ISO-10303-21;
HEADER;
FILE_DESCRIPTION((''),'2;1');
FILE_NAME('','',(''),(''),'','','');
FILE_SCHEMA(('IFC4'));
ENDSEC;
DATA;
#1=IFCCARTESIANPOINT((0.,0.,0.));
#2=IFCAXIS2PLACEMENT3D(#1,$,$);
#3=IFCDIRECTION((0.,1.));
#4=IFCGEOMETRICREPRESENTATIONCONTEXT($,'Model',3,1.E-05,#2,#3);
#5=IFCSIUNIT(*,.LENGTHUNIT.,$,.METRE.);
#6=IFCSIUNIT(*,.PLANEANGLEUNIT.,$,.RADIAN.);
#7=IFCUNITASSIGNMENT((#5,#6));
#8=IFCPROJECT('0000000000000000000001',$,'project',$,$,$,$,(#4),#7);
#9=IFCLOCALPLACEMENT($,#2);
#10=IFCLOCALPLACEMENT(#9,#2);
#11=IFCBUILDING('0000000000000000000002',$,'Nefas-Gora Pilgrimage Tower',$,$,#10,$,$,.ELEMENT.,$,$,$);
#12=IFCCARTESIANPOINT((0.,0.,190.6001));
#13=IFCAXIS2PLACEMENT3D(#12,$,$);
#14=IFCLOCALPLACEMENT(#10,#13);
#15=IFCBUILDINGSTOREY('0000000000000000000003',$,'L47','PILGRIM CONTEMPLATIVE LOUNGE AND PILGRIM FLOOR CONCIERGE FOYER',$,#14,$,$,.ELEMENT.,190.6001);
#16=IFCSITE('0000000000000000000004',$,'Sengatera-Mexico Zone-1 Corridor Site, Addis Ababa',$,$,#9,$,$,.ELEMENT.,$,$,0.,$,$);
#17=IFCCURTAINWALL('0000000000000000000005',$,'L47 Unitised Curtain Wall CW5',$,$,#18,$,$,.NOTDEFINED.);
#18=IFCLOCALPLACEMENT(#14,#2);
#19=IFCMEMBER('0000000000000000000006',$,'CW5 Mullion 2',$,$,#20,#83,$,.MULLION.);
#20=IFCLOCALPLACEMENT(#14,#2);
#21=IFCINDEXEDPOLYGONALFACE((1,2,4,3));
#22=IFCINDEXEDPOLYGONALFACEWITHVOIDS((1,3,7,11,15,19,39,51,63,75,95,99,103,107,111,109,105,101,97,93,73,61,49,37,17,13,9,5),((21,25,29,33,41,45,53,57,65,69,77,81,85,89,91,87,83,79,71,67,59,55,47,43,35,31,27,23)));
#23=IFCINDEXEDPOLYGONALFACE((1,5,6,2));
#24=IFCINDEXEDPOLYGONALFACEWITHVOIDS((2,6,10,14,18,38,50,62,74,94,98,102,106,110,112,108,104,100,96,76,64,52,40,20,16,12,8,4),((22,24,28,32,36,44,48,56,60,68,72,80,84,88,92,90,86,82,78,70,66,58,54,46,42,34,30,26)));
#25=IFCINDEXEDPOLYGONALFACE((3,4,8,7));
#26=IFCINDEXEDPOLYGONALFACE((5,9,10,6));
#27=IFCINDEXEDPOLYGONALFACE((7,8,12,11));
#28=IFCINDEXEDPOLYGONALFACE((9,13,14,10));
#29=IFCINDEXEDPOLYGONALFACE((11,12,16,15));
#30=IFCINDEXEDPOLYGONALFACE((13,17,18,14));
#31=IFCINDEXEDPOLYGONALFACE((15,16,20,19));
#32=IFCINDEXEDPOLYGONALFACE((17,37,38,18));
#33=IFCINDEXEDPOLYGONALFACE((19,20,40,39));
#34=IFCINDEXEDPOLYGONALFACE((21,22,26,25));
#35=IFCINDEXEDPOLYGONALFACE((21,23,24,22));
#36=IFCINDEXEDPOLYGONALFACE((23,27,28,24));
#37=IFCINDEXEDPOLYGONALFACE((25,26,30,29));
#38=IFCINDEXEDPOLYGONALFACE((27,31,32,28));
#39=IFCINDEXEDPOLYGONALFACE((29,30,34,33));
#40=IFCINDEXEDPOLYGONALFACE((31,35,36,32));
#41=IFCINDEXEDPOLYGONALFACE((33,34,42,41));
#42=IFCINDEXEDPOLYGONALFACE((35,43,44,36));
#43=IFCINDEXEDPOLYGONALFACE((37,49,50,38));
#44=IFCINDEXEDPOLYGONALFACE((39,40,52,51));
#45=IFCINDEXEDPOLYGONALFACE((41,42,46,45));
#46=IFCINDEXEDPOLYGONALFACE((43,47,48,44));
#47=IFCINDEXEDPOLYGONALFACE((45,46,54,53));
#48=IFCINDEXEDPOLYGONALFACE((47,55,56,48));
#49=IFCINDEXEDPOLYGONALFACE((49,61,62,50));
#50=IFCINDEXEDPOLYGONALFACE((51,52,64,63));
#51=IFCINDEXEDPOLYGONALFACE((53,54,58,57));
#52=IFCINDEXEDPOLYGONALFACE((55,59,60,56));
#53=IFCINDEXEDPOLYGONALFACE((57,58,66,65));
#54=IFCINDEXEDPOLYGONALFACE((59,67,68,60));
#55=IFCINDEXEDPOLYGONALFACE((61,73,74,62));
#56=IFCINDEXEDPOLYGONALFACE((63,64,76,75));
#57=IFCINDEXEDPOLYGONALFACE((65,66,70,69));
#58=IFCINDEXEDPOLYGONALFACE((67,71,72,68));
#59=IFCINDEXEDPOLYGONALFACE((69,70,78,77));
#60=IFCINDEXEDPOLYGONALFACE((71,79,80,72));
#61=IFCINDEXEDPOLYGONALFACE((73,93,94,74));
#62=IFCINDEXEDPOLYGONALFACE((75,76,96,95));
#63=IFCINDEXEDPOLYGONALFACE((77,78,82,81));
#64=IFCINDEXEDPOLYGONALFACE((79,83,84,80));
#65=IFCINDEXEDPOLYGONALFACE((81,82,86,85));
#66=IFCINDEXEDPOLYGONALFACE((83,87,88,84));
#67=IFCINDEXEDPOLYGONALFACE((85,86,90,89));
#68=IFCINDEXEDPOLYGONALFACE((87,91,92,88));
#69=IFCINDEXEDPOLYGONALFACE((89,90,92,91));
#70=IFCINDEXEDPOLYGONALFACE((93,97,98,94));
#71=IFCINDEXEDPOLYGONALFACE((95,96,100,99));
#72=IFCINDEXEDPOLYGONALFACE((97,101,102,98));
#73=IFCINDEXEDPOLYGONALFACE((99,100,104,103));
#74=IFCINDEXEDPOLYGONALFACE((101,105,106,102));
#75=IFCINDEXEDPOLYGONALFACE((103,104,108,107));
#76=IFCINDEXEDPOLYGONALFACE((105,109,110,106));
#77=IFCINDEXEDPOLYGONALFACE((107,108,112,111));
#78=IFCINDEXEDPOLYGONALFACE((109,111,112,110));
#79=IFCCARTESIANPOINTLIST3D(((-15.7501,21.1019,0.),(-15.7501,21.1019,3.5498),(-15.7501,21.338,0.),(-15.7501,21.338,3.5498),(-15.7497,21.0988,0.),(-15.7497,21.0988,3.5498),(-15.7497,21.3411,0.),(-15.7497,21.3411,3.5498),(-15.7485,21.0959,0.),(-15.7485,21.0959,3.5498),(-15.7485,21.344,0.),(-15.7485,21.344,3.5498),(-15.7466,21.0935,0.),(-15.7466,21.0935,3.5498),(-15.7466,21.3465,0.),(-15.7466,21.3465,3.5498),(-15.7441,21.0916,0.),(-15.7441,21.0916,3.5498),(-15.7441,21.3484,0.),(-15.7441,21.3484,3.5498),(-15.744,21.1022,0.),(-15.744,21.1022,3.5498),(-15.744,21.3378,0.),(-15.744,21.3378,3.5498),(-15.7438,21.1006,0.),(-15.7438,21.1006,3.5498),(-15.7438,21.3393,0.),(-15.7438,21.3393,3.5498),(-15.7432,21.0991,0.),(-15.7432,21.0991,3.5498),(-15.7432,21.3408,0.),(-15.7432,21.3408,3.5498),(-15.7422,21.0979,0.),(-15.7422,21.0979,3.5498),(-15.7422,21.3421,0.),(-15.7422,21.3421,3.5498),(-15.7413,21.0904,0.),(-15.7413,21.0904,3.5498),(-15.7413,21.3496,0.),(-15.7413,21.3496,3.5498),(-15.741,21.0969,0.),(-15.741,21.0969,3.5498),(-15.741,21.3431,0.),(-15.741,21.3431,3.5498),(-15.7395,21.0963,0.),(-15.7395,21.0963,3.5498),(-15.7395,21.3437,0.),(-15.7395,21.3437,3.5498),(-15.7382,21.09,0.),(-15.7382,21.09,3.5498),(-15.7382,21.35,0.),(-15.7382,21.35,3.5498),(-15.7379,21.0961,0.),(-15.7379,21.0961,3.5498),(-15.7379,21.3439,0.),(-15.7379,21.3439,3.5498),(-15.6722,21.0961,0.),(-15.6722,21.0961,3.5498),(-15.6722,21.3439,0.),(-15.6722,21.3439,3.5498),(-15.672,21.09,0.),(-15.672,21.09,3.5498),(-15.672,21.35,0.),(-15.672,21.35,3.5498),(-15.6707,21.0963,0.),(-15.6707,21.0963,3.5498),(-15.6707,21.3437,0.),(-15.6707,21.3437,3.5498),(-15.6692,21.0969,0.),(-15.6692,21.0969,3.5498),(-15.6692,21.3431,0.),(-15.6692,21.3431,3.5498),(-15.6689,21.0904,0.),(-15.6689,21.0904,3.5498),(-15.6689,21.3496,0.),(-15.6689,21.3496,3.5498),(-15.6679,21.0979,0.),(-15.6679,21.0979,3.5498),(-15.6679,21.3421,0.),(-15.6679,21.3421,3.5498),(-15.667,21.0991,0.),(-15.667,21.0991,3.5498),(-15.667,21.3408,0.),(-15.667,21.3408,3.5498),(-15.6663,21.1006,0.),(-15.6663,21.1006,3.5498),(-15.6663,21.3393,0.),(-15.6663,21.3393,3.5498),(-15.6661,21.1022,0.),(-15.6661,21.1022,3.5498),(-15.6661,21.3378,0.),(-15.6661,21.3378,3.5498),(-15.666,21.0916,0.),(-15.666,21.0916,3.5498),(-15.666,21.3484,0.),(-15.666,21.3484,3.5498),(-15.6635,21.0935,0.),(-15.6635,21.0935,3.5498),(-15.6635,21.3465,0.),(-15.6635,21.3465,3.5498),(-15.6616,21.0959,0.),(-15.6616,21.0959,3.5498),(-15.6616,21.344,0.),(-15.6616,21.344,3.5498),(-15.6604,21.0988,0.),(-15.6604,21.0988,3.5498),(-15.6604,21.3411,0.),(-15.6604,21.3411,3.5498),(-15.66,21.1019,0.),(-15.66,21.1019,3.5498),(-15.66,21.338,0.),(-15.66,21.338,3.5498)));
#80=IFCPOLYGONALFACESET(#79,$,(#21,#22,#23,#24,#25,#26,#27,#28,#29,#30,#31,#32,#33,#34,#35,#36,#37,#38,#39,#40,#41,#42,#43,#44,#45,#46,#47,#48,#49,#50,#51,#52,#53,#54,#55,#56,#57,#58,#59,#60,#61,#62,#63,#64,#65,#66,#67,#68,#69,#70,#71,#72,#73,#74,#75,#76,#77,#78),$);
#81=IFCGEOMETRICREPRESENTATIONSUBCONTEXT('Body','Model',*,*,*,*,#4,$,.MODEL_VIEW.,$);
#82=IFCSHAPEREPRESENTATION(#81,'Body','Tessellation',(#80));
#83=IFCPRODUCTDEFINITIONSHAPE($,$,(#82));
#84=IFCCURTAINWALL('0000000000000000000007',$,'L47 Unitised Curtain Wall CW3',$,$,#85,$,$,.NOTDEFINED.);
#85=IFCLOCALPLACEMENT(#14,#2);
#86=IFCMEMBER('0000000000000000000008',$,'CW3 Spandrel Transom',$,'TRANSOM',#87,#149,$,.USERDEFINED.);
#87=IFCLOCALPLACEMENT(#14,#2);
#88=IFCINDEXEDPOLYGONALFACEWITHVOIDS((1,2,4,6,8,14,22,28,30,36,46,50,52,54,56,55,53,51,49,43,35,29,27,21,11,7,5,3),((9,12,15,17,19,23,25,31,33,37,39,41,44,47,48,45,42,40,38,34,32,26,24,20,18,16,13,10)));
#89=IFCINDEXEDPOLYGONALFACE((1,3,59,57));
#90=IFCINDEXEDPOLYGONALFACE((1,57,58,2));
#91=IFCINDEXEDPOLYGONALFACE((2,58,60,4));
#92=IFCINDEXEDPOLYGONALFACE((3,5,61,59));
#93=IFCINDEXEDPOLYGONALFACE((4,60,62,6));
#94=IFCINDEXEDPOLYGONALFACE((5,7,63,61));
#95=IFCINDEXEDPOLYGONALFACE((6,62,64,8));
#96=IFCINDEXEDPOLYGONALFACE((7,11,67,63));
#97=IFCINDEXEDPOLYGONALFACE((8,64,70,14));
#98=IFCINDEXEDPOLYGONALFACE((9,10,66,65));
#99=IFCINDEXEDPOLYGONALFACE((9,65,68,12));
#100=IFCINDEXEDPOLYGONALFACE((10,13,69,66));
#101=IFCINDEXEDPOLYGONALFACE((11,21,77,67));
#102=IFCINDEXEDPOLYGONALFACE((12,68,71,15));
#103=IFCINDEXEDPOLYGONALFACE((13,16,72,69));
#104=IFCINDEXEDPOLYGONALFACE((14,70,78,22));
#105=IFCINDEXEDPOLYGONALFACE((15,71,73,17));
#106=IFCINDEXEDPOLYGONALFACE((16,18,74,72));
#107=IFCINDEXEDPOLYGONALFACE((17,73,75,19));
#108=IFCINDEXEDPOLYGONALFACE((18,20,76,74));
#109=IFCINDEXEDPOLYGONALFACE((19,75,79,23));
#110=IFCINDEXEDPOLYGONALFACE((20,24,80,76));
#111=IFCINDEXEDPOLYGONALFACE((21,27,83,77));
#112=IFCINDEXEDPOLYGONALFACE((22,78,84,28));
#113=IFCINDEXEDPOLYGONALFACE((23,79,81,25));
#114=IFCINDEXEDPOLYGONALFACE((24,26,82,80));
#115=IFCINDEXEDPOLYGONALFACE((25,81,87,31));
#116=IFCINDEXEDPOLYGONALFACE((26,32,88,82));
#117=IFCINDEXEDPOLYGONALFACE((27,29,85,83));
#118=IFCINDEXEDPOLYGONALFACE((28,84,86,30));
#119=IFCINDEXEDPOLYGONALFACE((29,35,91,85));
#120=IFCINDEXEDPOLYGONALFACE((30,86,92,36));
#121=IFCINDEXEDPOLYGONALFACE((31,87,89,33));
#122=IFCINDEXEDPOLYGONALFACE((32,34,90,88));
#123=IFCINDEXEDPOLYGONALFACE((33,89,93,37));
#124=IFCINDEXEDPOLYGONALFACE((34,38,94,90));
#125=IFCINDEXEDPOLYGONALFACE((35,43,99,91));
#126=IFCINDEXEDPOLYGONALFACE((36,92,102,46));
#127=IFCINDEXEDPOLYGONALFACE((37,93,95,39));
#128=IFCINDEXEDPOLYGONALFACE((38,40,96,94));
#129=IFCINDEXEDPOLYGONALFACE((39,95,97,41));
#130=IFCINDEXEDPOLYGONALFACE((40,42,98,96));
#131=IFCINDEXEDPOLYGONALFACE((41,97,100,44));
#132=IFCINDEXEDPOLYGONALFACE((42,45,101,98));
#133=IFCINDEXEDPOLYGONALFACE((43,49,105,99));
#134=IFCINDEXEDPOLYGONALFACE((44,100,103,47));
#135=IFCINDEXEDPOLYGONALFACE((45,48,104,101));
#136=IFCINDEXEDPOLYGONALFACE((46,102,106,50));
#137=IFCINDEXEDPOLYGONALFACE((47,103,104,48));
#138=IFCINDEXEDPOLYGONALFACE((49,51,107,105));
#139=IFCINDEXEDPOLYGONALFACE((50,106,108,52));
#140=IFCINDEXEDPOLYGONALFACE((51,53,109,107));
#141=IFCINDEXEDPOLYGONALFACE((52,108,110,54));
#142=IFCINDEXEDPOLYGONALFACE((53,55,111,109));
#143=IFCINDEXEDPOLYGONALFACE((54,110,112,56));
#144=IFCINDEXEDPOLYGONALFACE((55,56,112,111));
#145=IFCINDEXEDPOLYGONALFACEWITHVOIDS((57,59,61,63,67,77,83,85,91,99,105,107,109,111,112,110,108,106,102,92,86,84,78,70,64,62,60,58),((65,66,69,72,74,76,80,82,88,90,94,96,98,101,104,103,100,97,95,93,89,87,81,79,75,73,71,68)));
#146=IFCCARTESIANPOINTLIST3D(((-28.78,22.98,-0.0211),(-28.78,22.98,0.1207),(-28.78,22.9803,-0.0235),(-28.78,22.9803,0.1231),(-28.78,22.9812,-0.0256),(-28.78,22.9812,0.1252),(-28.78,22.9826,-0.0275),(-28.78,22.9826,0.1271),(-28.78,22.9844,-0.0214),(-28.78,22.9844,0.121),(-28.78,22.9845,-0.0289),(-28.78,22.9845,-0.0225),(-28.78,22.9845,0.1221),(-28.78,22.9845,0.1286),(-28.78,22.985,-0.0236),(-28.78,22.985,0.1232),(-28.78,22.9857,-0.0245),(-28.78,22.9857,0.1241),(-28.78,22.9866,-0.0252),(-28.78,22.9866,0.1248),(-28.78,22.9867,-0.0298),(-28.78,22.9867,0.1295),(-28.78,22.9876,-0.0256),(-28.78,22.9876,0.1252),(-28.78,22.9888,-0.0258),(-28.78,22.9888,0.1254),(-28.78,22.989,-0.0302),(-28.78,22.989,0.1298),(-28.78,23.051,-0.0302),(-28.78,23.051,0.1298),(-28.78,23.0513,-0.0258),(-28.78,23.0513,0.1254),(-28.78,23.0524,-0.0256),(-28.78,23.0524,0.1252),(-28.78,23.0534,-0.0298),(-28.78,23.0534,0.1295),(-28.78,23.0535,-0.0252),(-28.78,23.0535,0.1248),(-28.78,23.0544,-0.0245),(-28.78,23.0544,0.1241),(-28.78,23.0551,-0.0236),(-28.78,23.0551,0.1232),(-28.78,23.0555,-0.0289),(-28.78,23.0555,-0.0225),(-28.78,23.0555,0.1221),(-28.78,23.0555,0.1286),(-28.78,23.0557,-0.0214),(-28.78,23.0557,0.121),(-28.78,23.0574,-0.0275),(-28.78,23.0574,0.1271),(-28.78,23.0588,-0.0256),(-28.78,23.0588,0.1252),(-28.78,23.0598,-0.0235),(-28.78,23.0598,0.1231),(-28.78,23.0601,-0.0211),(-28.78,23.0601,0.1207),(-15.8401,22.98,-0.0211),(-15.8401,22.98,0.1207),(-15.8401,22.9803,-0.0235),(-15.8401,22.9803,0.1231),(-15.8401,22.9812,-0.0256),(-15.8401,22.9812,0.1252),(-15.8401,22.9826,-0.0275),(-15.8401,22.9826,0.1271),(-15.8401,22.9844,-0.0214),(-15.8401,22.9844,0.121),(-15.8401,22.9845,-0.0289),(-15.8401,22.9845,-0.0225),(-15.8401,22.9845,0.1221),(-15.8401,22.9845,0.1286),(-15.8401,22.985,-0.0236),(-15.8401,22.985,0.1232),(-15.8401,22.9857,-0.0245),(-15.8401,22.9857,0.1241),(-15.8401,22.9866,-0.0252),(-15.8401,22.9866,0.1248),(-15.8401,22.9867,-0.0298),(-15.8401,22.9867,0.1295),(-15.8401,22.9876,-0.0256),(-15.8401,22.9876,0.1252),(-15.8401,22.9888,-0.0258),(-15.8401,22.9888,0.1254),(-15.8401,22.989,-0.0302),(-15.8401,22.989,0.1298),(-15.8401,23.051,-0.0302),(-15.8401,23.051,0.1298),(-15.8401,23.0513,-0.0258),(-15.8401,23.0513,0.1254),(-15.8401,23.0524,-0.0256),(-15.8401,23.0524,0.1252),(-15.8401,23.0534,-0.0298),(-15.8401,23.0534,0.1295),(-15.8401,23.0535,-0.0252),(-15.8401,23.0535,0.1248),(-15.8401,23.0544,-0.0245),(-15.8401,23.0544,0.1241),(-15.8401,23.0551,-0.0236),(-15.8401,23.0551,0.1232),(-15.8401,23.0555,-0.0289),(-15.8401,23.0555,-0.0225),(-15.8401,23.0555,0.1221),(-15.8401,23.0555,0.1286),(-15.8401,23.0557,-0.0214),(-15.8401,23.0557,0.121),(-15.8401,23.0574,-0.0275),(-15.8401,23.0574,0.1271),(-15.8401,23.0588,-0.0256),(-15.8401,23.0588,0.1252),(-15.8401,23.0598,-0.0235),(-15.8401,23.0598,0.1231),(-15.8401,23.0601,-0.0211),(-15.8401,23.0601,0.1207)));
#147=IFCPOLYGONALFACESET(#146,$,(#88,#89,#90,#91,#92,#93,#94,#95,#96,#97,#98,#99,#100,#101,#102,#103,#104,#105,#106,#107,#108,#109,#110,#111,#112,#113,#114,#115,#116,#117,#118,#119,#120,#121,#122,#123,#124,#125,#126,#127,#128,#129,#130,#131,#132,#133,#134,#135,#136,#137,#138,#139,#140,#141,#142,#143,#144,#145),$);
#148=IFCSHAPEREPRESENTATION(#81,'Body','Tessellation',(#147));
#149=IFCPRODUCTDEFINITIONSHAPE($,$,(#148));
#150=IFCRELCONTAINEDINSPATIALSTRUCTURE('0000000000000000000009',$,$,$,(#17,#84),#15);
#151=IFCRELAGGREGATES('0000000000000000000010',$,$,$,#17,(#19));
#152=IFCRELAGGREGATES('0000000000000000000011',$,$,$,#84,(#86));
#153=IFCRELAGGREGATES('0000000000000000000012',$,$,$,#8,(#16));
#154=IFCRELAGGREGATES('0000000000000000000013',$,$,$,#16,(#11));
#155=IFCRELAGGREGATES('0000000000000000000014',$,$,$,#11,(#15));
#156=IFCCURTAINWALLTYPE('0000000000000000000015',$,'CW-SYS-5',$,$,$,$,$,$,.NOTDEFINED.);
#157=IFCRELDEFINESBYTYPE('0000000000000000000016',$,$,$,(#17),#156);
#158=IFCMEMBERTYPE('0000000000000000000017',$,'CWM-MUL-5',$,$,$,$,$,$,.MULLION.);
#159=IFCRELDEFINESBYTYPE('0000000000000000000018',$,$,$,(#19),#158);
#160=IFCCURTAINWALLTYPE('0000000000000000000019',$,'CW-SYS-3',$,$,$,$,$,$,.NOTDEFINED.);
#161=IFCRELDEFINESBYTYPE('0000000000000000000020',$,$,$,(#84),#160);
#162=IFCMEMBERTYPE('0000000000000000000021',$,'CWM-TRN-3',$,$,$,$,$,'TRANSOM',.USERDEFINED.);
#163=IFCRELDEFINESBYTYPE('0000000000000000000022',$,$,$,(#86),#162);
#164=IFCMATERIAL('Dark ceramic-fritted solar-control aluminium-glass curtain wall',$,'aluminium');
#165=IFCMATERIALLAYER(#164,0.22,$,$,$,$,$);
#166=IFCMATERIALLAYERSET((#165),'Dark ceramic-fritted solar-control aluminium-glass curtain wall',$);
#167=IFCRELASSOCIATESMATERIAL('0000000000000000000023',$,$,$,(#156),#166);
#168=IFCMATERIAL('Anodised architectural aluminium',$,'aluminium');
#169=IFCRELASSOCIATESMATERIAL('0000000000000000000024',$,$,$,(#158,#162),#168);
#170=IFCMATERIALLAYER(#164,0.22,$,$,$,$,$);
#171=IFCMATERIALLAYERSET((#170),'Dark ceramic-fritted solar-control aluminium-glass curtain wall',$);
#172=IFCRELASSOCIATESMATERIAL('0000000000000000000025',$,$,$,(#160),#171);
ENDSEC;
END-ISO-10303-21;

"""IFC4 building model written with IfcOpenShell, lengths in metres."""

from ifc_helpers import new_model, si_unit, direction, frame, origin, origin_2d, place, context, subcontext, project, spatial, hollow_rectangle, extrude, source, transform, mapped, material, layer, layer_set, material_profile, profile_set, type_object, element, aggregate, save


model = new_model("IFC4")

# Units and contexts
model_context = context("Model", 3, precision=1e-05, world=origin(), true_north=direction((0.0, 1.0)))
body_context = subcontext(model_context, "Body", "Model", "MODEL_VIEW")
ifc_project = project(units=[si_unit("LENGTHUNIT", "METRE"), si_unit("PLANEANGLEUNIT", "RADIAN")], contexts=[model_context])

# Site, building, storey
site_placement = place(None, origin())
site = spatial("IfcSite", under=ifc_project, at=site_placement, Name="Sengatera-Mexico Zone-1 Corridor Site, Addis Ababa", CompositionType="ELEMENT", RefElevation=0.0)
building_placement = place(site_placement, origin())
building = spatial("IfcBuilding", under=site, at=building_placement, Name="Nefas-Gora Pilgrimage Tower", CompositionType="ELEMENT")
storey_placement = place(building_placement, frame((0.0, 0.0, 190.6001)))
storey = spatial("IfcBuildingStorey", under=building, at=storey_placement, Name="L47", Description="PILGRIM CONTEMPLATIVE LOUNGE AND PILGRIM FLOOR CONCIERGE FOYER", CompositionType="ELEMENT", Elevation=190.6001)

# Curtain wall, member
ifc_material_1 = material(Name="Dark ceramic-fritted solar-control aluminium-glass curtain wall", Category="aluminium")
ifc_layer_1 = layer(ifc_material_1, 0.22)
ifc_layer_set_1 = layer_set([ifc_layer_1], Name="Dark ceramic-fritted solar-control aluminium-glass curtain wall")
curtain_wall_type_1 = type_object("IfcCurtainWallType", Name="CW-SYS-5", PredefinedType="NOTDEFINED", material=ifc_layer_set_1)
curtain_wall_1_placement = place(storey_placement, origin())
curtain_wall_1 = element("IfcCurtainWall", 1, at=curtain_wall_1_placement, inside=storey, type_object=curtain_wall_type_1, Name="L47 Unitised Curtain Wall CW5", PredefinedType="NOTDEFINED")
ifc_material_2 = material(Name="Anodised architectural aluminium", Category="aluminium")
ifc_material_profile_1 = material_profile(ifc_material_2, hollow_rectangle(XDim=0.0901, YDim=0.26, WallThickness=0.0061, InnerFilletRadius=0.0061, OuterFilletRadius=0.012, at=origin_2d()), Name="ALU MULLION 90x260")
ifc_profile_set_1 = profile_set([ifc_material_profile_1], Name="Anodised architectural aluminium")
member_type_1 = type_object("IfcMemberType", Name="CWM-MUL-5", PredefinedType="MULLION", material=ifc_profile_set_1)
shared_shape_1 = source(origin(), body_context, "Body", "SweptSolid", [
    extrude(hollow_rectangle(XDim=0.0901, YDim=0.26, WallThickness=0.0061, InnerFilletRadius=0.0061, OuterFilletRadius=0.012, at=origin_2d()), origin(), (0.0, 0.0, 1.0), 3.5498),
])
member_1_placement = place(storey_placement, frame((-15.7051, 21.22, 0.0), z_axis=(0.0, 0.0, 1.0), x_axis=(-1.0, 0.0, 0.0)))
member_1 = element("IfcMember", 2, at=member_1_placement, type_object=member_type_1, Name="CW5 Mullion 2", PredefinedType="MULLION", context=body_context, shape_type="MappedRepresentation", body=[
    mapped(shared_shape_1, transform((0.0, 0.0, 0.0), x_axis=(1.0, 0.0, 0.0), y_axis=(0.0, 1.0, 0.0), z_axis=(0.0, 0.0, 1.0), scale=1.0)),
])
aggregate(curtain_wall_1, [member_1])

# Curtain wall, member
ifc_layer_2 = layer(ifc_material_1, 0.22)
ifc_layer_set_2 = layer_set([ifc_layer_2], Name="Dark ceramic-fritted solar-control aluminium-glass curtain wall")
curtain_wall_type_2 = type_object("IfcCurtainWallType", Name="CW-SYS-3", PredefinedType="NOTDEFINED", material=ifc_layer_set_2)
curtain_wall_2_placement = place(storey_placement, origin())
curtain_wall_2 = element("IfcCurtainWall", 3, at=curtain_wall_2_placement, inside=storey, type_object=curtain_wall_type_2, Name="L47 Unitised Curtain Wall CW3", PredefinedType="NOTDEFINED")
ifc_material_profile_2 = material_profile(ifc_material_2, hollow_rectangle(XDim=0.0801, YDim=0.1599, WallThickness=0.0044, InnerFilletRadius=0.0044, OuterFilletRadius=0.009, at=origin_2d()), Name="ALU TRANSOM 80x160")
ifc_profile_set_2 = profile_set([ifc_material_profile_2], Name="Anodised architectural aluminium")
member_type_2 = type_object("IfcMemberType", Name="CWM-TRN-3", ElementType="TRANSOM", PredefinedType="USERDEFINED", material=ifc_profile_set_2)
shared_shape_2 = source(origin(), body_context, "Body", "SweptSolid", [
    extrude(hollow_rectangle(XDim=0.0801, YDim=0.1599, WallThickness=0.0044, InnerFilletRadius=0.0044, OuterFilletRadius=0.009, at=origin_2d()), origin(), (0.0, 0.0, 1.0), 12.9399),
])
member_2_placement = place(storey_placement, frame((-15.8401, 23.02, 0.0498), z_axis=(-1.0, 0.0, 0.0), x_axis=(0.0, -1.0, 0.0)))
member_2 = element("IfcMember", 4, at=member_2_placement, type_object=member_type_2, Name="CW3 Spandrel Transom", ObjectType="TRANSOM", PredefinedType="USERDEFINED", context=body_context, shape_type="MappedRepresentation", body=[
    mapped(shared_shape_2, transform((0.0, 0.0, 0.0), x_axis=(1.0, 0.0, 0.0), y_axis=(0.0, 1.0, 0.0), z_axis=(0.0, 0.0, 1.0), scale=1.0)),
])

aggregate(curtain_wall_2, [member_2])

save(model, "model.ifc")
